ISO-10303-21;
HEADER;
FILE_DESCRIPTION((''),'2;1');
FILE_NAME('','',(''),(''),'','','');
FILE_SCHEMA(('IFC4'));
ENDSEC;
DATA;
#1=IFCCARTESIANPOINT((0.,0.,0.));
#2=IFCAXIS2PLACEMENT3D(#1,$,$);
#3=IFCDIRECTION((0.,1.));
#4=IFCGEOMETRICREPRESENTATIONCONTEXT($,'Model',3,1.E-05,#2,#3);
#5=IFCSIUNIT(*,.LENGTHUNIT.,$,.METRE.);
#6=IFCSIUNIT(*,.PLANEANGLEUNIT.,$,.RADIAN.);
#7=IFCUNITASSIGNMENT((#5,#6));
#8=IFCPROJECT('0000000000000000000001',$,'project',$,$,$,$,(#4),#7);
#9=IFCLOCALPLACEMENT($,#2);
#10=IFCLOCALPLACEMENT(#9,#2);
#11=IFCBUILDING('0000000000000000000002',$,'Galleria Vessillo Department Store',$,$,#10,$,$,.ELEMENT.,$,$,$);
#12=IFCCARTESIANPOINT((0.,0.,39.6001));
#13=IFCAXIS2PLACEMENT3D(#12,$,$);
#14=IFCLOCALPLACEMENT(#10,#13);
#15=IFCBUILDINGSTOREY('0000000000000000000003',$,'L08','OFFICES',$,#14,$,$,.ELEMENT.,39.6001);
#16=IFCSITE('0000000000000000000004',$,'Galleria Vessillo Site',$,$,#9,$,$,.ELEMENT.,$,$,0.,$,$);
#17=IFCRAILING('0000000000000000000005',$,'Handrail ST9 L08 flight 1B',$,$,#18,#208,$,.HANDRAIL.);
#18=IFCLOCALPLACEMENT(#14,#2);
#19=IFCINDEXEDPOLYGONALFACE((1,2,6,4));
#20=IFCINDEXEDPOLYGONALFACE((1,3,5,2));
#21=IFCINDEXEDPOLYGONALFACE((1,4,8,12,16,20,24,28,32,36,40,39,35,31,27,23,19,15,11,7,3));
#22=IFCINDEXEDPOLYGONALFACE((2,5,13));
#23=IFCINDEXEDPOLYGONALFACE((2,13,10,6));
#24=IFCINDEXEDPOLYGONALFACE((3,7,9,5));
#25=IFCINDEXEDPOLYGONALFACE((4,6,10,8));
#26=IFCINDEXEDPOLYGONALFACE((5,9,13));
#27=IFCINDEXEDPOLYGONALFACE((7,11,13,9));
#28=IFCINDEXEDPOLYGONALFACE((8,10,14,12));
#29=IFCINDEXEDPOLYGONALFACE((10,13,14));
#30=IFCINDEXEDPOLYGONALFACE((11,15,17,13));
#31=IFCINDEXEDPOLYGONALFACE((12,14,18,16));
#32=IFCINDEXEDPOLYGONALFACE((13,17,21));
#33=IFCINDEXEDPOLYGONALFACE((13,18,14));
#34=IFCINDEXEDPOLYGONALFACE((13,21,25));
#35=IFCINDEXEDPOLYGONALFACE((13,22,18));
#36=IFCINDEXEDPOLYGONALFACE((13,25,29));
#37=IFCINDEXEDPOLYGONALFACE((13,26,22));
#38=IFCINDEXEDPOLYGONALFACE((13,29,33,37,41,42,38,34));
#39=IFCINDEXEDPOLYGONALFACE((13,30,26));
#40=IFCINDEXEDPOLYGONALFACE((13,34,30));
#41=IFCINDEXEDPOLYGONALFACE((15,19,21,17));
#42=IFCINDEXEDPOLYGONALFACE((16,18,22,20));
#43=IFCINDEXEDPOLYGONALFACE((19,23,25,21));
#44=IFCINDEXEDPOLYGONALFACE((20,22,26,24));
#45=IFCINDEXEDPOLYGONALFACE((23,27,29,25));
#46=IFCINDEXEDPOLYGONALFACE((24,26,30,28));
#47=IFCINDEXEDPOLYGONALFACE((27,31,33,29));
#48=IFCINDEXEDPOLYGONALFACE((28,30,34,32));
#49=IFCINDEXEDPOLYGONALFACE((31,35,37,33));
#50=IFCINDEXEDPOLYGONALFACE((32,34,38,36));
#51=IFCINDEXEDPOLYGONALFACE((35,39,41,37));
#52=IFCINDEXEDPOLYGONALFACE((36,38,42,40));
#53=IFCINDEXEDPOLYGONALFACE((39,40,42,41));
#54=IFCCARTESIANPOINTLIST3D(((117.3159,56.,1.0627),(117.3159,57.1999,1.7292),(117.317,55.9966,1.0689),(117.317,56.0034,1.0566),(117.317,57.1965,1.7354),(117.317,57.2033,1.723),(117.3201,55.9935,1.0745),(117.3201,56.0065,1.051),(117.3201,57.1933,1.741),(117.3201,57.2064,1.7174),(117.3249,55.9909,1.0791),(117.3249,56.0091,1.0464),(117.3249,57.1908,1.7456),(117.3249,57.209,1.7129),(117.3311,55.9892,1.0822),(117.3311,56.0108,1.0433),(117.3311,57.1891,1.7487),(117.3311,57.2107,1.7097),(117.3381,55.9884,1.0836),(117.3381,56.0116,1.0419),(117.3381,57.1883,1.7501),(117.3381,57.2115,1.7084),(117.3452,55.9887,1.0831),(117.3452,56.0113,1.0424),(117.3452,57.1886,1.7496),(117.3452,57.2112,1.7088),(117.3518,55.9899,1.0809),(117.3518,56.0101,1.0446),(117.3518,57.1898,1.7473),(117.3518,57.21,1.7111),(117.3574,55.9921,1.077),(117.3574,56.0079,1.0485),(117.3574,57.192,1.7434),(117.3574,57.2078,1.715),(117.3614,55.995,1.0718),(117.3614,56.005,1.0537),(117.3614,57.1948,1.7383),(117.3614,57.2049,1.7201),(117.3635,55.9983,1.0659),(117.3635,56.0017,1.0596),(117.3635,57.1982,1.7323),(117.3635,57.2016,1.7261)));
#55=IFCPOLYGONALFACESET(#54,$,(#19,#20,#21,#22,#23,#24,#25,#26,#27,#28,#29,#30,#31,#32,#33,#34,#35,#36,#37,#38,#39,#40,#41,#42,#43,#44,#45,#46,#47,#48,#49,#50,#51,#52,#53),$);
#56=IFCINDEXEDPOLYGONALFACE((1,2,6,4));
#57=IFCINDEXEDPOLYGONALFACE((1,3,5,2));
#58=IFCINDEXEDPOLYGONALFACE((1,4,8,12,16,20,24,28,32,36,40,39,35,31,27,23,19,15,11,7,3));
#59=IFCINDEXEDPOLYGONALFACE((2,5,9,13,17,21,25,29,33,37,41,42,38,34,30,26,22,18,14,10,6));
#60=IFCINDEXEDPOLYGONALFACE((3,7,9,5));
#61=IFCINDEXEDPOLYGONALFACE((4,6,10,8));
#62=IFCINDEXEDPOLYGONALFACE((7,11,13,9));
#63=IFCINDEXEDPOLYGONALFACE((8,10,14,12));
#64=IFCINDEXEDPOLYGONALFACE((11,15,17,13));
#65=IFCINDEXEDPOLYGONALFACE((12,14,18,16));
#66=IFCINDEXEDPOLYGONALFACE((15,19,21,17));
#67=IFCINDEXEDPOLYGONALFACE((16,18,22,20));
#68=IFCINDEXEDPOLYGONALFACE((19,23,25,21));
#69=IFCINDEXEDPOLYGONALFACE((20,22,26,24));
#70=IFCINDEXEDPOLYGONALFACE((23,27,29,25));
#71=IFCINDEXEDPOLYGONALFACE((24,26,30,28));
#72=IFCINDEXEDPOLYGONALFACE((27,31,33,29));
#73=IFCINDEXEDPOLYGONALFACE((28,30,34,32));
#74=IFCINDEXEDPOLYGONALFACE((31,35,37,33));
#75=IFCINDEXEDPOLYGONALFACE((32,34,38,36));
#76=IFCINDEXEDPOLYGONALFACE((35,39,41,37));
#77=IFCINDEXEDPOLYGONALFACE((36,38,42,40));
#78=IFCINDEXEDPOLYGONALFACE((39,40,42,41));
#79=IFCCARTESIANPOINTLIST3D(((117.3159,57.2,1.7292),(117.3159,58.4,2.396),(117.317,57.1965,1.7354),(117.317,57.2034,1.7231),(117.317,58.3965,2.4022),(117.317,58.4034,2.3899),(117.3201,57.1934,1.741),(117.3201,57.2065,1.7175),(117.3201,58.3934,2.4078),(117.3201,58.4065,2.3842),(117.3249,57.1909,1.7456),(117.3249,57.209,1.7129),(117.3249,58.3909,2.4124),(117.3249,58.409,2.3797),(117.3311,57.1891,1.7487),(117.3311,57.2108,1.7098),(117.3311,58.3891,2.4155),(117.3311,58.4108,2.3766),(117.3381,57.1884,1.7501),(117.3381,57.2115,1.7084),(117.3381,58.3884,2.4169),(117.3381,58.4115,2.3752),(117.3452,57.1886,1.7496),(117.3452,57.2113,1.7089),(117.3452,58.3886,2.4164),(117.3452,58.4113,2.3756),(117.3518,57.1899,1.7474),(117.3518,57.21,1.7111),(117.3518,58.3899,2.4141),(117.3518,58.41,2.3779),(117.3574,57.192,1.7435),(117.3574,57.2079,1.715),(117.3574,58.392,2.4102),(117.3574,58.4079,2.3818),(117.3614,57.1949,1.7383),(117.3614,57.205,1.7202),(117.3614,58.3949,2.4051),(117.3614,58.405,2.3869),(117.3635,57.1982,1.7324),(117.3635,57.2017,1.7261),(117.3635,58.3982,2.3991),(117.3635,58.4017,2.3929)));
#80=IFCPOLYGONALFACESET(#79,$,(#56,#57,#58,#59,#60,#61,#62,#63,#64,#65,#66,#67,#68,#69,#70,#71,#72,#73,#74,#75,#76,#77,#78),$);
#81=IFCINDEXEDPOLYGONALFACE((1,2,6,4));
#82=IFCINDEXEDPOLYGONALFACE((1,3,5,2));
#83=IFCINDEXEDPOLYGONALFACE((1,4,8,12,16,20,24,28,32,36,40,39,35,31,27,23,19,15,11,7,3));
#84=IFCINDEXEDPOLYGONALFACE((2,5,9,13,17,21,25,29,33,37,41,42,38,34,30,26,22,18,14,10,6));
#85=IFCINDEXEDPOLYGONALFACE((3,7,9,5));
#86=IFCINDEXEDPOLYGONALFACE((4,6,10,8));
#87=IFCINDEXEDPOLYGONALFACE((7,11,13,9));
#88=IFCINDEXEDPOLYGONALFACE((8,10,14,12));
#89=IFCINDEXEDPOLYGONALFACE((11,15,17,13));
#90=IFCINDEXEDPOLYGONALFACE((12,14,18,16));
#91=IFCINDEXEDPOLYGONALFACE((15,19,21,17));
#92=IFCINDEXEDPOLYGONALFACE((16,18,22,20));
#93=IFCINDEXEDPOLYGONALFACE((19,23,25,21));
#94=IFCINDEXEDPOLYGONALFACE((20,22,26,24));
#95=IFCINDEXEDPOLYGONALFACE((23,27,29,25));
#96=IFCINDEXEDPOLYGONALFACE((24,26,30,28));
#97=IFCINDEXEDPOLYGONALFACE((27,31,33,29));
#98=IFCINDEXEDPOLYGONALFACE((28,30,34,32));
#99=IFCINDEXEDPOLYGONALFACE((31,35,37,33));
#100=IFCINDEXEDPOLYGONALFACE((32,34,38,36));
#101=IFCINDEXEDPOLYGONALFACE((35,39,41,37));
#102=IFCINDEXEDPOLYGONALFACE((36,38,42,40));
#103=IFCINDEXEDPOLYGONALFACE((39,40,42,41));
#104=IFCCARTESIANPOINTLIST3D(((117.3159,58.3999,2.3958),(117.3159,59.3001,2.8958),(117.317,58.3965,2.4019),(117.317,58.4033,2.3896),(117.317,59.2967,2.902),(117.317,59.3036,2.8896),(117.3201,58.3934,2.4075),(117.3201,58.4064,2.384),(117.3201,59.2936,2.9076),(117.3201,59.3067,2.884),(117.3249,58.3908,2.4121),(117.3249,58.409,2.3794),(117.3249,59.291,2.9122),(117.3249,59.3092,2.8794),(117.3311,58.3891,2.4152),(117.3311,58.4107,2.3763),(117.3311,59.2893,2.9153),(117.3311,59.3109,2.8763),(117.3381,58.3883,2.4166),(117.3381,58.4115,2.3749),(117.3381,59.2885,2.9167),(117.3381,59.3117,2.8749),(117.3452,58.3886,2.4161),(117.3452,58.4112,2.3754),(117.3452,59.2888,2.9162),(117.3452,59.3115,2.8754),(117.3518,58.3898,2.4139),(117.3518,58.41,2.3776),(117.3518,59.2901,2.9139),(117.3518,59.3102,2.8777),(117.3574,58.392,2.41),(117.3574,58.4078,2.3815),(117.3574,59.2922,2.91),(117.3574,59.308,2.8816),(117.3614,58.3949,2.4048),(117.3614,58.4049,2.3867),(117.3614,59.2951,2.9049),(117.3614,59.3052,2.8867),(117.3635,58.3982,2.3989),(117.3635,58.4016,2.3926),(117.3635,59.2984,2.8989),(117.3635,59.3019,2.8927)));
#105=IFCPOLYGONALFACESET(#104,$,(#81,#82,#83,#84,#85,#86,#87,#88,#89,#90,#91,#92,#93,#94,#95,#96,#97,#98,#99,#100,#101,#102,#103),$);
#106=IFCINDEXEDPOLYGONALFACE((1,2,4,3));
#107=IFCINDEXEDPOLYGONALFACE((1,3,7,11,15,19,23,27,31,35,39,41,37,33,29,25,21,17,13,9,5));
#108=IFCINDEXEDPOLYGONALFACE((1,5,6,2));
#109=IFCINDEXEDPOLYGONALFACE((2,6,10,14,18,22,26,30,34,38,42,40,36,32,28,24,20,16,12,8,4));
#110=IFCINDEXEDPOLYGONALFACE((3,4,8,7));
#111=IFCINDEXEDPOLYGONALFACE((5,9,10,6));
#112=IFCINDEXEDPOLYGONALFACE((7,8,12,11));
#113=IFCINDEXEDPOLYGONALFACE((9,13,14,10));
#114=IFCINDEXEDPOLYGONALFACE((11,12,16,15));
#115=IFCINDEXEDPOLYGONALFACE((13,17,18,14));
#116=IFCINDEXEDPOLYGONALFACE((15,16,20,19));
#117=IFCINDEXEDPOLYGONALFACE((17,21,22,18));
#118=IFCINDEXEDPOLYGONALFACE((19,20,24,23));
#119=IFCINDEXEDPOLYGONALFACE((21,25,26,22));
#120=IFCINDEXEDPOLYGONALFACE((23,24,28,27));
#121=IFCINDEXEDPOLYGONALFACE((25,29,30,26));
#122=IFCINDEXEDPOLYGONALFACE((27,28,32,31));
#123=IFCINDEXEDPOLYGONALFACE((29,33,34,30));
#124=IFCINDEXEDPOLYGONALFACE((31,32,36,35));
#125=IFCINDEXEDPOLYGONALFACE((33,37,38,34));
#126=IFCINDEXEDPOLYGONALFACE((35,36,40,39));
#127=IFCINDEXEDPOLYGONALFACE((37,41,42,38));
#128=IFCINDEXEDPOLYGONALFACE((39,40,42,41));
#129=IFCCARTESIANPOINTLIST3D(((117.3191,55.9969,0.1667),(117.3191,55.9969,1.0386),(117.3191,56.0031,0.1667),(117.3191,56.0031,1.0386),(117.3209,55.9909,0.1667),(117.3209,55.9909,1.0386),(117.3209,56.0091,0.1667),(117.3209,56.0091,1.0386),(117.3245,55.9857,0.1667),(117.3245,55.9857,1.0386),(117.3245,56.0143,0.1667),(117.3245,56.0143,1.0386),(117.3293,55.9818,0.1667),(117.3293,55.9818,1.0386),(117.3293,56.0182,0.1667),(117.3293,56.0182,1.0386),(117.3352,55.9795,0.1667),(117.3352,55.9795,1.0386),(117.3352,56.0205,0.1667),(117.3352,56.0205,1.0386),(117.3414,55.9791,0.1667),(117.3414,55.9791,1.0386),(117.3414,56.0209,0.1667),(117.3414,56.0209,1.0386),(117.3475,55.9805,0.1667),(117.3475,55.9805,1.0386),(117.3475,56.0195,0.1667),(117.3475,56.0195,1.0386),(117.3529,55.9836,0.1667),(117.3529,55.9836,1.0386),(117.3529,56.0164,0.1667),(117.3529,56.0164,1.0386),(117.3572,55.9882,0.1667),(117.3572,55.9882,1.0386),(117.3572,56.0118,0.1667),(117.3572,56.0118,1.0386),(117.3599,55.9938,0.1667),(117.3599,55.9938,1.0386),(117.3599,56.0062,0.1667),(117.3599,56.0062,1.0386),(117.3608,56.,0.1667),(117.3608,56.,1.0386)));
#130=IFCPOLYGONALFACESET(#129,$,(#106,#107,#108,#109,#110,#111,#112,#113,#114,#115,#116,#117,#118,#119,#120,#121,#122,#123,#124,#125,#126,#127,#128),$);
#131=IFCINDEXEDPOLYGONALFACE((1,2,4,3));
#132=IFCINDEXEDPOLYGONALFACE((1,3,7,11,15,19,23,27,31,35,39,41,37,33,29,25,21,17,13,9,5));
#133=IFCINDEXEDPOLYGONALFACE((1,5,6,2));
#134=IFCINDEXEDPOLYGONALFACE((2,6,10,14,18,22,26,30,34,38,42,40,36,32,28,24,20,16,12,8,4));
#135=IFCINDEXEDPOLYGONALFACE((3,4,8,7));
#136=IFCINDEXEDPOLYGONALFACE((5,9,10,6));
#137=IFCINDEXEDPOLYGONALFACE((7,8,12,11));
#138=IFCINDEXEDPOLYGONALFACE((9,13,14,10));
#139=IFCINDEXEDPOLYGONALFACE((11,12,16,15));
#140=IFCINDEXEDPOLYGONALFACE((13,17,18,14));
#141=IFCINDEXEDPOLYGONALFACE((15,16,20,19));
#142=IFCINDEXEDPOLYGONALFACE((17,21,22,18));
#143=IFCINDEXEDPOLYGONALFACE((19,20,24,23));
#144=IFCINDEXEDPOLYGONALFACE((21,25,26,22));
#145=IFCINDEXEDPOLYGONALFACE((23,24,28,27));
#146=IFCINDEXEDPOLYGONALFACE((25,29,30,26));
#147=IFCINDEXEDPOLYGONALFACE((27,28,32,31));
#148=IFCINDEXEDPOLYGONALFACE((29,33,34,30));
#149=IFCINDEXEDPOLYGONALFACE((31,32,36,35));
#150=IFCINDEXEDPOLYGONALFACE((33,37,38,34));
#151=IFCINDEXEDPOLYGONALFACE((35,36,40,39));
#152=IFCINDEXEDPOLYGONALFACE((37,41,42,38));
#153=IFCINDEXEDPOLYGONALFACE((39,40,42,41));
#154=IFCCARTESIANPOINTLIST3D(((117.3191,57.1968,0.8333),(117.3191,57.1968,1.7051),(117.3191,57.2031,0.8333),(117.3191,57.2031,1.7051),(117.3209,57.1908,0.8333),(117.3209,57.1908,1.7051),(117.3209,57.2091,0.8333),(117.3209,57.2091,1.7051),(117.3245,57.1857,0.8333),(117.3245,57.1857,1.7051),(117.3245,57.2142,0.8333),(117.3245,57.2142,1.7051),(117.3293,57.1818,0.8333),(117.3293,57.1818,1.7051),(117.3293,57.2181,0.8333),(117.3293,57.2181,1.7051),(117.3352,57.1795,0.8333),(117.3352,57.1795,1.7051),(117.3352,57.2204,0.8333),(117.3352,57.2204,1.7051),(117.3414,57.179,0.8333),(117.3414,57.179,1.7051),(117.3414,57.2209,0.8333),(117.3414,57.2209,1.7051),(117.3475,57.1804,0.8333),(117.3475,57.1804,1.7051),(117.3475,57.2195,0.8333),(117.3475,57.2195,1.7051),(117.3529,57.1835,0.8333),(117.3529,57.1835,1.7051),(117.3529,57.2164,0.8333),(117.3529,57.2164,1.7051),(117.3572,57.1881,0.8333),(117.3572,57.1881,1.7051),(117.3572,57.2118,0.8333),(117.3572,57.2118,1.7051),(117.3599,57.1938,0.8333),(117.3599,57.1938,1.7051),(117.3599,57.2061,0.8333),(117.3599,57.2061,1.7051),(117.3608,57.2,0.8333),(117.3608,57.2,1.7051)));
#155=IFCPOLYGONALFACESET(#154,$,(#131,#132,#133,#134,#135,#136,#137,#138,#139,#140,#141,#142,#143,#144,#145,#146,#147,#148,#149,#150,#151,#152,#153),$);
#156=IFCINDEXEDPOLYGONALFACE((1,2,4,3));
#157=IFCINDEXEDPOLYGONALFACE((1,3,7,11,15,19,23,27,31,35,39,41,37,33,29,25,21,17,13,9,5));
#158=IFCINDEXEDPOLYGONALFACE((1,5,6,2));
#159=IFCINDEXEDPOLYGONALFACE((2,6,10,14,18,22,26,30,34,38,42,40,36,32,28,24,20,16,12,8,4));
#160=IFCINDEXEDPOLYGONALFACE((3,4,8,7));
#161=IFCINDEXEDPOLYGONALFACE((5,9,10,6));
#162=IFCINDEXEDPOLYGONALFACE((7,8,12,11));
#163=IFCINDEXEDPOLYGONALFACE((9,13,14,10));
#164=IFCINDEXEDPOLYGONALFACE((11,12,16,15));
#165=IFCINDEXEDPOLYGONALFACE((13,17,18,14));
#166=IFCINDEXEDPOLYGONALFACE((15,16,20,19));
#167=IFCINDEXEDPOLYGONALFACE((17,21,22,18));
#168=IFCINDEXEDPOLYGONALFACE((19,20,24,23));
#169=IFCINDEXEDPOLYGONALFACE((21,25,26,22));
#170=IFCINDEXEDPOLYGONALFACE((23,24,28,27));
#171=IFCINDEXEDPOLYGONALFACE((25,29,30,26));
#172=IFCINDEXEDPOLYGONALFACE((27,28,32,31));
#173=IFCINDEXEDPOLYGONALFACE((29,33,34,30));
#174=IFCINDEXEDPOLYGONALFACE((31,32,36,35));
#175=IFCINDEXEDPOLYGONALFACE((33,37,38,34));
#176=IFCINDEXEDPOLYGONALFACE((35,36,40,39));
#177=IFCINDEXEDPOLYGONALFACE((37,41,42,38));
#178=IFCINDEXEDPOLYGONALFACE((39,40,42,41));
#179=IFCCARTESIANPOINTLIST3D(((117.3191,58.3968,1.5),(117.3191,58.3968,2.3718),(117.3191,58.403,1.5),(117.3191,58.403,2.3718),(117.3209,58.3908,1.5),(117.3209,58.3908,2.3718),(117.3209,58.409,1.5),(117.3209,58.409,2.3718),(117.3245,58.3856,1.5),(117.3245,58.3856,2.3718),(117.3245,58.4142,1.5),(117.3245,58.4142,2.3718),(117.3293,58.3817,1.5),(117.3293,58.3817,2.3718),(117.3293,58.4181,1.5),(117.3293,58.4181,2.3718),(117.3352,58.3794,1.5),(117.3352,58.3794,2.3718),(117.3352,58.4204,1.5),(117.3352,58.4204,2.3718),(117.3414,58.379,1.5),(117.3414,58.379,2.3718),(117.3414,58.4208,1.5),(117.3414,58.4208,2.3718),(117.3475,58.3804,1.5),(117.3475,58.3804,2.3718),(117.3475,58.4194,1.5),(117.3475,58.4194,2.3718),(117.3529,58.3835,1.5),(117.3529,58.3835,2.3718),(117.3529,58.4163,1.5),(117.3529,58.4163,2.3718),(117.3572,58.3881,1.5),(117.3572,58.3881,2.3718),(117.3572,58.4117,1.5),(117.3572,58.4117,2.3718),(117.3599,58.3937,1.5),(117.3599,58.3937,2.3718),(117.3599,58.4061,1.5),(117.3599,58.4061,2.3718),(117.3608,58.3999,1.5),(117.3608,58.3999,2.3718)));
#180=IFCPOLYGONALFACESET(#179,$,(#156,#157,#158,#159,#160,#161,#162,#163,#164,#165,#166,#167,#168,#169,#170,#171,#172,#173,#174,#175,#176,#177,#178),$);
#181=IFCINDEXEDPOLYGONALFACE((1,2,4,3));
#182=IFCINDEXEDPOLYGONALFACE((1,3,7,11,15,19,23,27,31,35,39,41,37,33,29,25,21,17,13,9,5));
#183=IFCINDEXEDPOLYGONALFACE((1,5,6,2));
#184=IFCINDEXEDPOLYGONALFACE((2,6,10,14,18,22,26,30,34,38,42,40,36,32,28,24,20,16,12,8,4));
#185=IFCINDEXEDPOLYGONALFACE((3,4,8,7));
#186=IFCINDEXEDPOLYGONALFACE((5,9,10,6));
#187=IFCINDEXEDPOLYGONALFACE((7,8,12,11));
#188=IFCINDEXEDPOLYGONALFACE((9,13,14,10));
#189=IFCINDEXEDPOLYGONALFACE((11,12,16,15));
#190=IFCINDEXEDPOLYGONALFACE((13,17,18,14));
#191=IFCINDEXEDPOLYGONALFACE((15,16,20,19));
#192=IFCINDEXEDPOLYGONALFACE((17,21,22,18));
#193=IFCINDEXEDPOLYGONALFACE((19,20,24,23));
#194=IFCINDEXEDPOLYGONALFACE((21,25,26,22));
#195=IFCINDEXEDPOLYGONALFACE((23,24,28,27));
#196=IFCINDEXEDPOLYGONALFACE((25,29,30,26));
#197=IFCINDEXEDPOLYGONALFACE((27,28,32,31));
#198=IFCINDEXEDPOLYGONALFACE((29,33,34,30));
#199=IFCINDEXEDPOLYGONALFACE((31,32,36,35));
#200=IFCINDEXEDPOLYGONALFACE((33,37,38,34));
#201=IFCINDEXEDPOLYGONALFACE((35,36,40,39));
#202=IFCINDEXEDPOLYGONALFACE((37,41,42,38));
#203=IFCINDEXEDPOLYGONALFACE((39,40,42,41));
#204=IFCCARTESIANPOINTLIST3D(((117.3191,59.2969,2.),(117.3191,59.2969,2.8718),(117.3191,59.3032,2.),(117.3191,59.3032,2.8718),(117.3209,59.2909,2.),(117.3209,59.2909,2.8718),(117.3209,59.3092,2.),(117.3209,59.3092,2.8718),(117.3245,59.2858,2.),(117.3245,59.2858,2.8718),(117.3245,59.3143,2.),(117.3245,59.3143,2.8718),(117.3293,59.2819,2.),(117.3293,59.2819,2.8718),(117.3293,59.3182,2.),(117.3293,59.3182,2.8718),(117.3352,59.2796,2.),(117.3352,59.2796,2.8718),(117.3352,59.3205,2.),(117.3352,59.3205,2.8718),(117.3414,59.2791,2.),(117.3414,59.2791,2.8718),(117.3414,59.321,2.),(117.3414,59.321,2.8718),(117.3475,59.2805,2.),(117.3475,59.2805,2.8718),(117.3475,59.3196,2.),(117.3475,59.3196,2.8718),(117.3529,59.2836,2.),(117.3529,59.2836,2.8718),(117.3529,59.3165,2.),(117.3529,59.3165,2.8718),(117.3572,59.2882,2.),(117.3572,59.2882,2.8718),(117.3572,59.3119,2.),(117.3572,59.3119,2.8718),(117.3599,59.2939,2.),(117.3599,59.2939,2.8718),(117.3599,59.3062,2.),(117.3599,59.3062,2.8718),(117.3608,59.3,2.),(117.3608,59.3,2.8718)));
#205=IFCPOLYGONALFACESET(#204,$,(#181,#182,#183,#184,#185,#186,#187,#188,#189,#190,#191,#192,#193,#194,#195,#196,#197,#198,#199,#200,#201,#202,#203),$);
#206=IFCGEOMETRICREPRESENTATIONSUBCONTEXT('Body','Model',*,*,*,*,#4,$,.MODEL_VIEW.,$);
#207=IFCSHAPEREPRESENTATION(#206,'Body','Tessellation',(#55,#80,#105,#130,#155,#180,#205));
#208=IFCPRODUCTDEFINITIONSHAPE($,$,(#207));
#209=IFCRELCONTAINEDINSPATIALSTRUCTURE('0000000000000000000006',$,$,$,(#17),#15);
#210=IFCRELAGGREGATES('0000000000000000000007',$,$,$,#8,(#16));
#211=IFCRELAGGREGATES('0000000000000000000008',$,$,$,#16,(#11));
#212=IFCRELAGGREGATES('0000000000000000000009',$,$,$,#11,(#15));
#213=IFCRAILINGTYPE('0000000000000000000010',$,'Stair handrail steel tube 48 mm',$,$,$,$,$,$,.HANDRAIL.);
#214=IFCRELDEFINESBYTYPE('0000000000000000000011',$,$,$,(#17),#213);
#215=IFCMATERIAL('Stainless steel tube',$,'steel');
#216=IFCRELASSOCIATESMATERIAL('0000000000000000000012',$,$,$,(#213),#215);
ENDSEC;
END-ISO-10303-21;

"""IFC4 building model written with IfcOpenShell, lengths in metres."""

from ifc_helpers import new_model, si_unit, direction, frame, origin, origin_2d, place, context, subcontext, project, spatial, circle, extrude, material, type_object, element, save


model = new_model("IFC4")

# Units and contexts
model_context = context("Model", 3, precision=1e-05, world=origin(), true_north=direction((0.0, 1.0)))
body_context = subcontext(model_context, "Body", "Model", "MODEL_VIEW")
ifc_project = project(units=[si_unit("LENGTHUNIT", "METRE"), si_unit("PLANEANGLEUNIT", "RADIAN")], contexts=[model_context])

# Site, building, storey
site_placement = place(None, origin())
site = spatial("IfcSite", under=ifc_project, at=site_placement, Name="Galleria Vessillo Site", CompositionType="ELEMENT", RefElevation=0.0)
building_placement = place(site_placement, origin())
building = spatial("IfcBuilding", under=site, at=building_placement, Name="Galleria Vessillo Department Store", CompositionType="ELEMENT")
storey_placement = place(building_placement, frame((0.0, 0.0, 39.6001)))
storey = spatial("IfcBuildingStorey", under=building, at=storey_placement, Name="L08", Description="OFFICES", CompositionType="ELEMENT", Elevation=39.6001)

# Railing
ifc_material_1 = material(Name="Stainless steel tube", Category="steel")
railing_type = type_object("IfcRailingType", Name="Stair handrail steel tube 48 mm", PredefinedType="HANDRAIL", material=ifc_material_1)
railing_placement = place(storey_placement, frame((117.3398, 56.0, 0.1667)))
element("IfcRailing", 1, at=railing_placement, inside=storey, type_object=railing_type, Name="Handrail ST9 L08 flight 1B", PredefinedType="HANDRAIL", context=body_context, shape_type="SweptSolid", body=[
    extrude(circle(Radius=0.0239, at=origin_2d()), frame((0.0, 0.0, 0.896), z_axis=(0.0, 0.874199, 0.485567), x_axis=(-1.0, 0.0, 0.0)), (0.0, 0.0, 1.0), 1.3726),
    extrude(circle(Radius=0.0239, at=origin_2d()), frame((0.0, 1.2, 1.5625), z_axis=(0.0, 0.874124, 0.485703), x_axis=(-1.0, 0.0, 0.0)), (0.0, 0.0, 1.0), 1.3728),
    extrude(circle(Radius=0.0239, at=origin_2d()), frame((0.0, 2.3999, 2.229), z_axis=(0.0, 0.874191, 0.485583), x_axis=(-1.0, 0.0, 0.0)), (0.0, 0.0, 1.0), 1.0298),
    extrude(circle(Radius=0.021, at=origin_2d()), origin(), (0.0, 0.0, 1.0), 0.8718),
    extrude(circle(Radius=0.021, at=origin_2d()), frame((0.0, 1.2, 0.6665)), (0.0, 0.0, 1.0), 0.8718),
    extrude(circle(Radius=0.021, at=origin_2d()), frame((0.0, 2.3999, 1.3333)), (0.0, 0.0, 1.0), 0.8718),
    extrude(circle(Radius=0.021, at=origin_2d()), frame((0.0, 3.3, 1.8333)), (0.0, 0.0, 1.0), 0.8718),
])

save(model, "model.ifc")
